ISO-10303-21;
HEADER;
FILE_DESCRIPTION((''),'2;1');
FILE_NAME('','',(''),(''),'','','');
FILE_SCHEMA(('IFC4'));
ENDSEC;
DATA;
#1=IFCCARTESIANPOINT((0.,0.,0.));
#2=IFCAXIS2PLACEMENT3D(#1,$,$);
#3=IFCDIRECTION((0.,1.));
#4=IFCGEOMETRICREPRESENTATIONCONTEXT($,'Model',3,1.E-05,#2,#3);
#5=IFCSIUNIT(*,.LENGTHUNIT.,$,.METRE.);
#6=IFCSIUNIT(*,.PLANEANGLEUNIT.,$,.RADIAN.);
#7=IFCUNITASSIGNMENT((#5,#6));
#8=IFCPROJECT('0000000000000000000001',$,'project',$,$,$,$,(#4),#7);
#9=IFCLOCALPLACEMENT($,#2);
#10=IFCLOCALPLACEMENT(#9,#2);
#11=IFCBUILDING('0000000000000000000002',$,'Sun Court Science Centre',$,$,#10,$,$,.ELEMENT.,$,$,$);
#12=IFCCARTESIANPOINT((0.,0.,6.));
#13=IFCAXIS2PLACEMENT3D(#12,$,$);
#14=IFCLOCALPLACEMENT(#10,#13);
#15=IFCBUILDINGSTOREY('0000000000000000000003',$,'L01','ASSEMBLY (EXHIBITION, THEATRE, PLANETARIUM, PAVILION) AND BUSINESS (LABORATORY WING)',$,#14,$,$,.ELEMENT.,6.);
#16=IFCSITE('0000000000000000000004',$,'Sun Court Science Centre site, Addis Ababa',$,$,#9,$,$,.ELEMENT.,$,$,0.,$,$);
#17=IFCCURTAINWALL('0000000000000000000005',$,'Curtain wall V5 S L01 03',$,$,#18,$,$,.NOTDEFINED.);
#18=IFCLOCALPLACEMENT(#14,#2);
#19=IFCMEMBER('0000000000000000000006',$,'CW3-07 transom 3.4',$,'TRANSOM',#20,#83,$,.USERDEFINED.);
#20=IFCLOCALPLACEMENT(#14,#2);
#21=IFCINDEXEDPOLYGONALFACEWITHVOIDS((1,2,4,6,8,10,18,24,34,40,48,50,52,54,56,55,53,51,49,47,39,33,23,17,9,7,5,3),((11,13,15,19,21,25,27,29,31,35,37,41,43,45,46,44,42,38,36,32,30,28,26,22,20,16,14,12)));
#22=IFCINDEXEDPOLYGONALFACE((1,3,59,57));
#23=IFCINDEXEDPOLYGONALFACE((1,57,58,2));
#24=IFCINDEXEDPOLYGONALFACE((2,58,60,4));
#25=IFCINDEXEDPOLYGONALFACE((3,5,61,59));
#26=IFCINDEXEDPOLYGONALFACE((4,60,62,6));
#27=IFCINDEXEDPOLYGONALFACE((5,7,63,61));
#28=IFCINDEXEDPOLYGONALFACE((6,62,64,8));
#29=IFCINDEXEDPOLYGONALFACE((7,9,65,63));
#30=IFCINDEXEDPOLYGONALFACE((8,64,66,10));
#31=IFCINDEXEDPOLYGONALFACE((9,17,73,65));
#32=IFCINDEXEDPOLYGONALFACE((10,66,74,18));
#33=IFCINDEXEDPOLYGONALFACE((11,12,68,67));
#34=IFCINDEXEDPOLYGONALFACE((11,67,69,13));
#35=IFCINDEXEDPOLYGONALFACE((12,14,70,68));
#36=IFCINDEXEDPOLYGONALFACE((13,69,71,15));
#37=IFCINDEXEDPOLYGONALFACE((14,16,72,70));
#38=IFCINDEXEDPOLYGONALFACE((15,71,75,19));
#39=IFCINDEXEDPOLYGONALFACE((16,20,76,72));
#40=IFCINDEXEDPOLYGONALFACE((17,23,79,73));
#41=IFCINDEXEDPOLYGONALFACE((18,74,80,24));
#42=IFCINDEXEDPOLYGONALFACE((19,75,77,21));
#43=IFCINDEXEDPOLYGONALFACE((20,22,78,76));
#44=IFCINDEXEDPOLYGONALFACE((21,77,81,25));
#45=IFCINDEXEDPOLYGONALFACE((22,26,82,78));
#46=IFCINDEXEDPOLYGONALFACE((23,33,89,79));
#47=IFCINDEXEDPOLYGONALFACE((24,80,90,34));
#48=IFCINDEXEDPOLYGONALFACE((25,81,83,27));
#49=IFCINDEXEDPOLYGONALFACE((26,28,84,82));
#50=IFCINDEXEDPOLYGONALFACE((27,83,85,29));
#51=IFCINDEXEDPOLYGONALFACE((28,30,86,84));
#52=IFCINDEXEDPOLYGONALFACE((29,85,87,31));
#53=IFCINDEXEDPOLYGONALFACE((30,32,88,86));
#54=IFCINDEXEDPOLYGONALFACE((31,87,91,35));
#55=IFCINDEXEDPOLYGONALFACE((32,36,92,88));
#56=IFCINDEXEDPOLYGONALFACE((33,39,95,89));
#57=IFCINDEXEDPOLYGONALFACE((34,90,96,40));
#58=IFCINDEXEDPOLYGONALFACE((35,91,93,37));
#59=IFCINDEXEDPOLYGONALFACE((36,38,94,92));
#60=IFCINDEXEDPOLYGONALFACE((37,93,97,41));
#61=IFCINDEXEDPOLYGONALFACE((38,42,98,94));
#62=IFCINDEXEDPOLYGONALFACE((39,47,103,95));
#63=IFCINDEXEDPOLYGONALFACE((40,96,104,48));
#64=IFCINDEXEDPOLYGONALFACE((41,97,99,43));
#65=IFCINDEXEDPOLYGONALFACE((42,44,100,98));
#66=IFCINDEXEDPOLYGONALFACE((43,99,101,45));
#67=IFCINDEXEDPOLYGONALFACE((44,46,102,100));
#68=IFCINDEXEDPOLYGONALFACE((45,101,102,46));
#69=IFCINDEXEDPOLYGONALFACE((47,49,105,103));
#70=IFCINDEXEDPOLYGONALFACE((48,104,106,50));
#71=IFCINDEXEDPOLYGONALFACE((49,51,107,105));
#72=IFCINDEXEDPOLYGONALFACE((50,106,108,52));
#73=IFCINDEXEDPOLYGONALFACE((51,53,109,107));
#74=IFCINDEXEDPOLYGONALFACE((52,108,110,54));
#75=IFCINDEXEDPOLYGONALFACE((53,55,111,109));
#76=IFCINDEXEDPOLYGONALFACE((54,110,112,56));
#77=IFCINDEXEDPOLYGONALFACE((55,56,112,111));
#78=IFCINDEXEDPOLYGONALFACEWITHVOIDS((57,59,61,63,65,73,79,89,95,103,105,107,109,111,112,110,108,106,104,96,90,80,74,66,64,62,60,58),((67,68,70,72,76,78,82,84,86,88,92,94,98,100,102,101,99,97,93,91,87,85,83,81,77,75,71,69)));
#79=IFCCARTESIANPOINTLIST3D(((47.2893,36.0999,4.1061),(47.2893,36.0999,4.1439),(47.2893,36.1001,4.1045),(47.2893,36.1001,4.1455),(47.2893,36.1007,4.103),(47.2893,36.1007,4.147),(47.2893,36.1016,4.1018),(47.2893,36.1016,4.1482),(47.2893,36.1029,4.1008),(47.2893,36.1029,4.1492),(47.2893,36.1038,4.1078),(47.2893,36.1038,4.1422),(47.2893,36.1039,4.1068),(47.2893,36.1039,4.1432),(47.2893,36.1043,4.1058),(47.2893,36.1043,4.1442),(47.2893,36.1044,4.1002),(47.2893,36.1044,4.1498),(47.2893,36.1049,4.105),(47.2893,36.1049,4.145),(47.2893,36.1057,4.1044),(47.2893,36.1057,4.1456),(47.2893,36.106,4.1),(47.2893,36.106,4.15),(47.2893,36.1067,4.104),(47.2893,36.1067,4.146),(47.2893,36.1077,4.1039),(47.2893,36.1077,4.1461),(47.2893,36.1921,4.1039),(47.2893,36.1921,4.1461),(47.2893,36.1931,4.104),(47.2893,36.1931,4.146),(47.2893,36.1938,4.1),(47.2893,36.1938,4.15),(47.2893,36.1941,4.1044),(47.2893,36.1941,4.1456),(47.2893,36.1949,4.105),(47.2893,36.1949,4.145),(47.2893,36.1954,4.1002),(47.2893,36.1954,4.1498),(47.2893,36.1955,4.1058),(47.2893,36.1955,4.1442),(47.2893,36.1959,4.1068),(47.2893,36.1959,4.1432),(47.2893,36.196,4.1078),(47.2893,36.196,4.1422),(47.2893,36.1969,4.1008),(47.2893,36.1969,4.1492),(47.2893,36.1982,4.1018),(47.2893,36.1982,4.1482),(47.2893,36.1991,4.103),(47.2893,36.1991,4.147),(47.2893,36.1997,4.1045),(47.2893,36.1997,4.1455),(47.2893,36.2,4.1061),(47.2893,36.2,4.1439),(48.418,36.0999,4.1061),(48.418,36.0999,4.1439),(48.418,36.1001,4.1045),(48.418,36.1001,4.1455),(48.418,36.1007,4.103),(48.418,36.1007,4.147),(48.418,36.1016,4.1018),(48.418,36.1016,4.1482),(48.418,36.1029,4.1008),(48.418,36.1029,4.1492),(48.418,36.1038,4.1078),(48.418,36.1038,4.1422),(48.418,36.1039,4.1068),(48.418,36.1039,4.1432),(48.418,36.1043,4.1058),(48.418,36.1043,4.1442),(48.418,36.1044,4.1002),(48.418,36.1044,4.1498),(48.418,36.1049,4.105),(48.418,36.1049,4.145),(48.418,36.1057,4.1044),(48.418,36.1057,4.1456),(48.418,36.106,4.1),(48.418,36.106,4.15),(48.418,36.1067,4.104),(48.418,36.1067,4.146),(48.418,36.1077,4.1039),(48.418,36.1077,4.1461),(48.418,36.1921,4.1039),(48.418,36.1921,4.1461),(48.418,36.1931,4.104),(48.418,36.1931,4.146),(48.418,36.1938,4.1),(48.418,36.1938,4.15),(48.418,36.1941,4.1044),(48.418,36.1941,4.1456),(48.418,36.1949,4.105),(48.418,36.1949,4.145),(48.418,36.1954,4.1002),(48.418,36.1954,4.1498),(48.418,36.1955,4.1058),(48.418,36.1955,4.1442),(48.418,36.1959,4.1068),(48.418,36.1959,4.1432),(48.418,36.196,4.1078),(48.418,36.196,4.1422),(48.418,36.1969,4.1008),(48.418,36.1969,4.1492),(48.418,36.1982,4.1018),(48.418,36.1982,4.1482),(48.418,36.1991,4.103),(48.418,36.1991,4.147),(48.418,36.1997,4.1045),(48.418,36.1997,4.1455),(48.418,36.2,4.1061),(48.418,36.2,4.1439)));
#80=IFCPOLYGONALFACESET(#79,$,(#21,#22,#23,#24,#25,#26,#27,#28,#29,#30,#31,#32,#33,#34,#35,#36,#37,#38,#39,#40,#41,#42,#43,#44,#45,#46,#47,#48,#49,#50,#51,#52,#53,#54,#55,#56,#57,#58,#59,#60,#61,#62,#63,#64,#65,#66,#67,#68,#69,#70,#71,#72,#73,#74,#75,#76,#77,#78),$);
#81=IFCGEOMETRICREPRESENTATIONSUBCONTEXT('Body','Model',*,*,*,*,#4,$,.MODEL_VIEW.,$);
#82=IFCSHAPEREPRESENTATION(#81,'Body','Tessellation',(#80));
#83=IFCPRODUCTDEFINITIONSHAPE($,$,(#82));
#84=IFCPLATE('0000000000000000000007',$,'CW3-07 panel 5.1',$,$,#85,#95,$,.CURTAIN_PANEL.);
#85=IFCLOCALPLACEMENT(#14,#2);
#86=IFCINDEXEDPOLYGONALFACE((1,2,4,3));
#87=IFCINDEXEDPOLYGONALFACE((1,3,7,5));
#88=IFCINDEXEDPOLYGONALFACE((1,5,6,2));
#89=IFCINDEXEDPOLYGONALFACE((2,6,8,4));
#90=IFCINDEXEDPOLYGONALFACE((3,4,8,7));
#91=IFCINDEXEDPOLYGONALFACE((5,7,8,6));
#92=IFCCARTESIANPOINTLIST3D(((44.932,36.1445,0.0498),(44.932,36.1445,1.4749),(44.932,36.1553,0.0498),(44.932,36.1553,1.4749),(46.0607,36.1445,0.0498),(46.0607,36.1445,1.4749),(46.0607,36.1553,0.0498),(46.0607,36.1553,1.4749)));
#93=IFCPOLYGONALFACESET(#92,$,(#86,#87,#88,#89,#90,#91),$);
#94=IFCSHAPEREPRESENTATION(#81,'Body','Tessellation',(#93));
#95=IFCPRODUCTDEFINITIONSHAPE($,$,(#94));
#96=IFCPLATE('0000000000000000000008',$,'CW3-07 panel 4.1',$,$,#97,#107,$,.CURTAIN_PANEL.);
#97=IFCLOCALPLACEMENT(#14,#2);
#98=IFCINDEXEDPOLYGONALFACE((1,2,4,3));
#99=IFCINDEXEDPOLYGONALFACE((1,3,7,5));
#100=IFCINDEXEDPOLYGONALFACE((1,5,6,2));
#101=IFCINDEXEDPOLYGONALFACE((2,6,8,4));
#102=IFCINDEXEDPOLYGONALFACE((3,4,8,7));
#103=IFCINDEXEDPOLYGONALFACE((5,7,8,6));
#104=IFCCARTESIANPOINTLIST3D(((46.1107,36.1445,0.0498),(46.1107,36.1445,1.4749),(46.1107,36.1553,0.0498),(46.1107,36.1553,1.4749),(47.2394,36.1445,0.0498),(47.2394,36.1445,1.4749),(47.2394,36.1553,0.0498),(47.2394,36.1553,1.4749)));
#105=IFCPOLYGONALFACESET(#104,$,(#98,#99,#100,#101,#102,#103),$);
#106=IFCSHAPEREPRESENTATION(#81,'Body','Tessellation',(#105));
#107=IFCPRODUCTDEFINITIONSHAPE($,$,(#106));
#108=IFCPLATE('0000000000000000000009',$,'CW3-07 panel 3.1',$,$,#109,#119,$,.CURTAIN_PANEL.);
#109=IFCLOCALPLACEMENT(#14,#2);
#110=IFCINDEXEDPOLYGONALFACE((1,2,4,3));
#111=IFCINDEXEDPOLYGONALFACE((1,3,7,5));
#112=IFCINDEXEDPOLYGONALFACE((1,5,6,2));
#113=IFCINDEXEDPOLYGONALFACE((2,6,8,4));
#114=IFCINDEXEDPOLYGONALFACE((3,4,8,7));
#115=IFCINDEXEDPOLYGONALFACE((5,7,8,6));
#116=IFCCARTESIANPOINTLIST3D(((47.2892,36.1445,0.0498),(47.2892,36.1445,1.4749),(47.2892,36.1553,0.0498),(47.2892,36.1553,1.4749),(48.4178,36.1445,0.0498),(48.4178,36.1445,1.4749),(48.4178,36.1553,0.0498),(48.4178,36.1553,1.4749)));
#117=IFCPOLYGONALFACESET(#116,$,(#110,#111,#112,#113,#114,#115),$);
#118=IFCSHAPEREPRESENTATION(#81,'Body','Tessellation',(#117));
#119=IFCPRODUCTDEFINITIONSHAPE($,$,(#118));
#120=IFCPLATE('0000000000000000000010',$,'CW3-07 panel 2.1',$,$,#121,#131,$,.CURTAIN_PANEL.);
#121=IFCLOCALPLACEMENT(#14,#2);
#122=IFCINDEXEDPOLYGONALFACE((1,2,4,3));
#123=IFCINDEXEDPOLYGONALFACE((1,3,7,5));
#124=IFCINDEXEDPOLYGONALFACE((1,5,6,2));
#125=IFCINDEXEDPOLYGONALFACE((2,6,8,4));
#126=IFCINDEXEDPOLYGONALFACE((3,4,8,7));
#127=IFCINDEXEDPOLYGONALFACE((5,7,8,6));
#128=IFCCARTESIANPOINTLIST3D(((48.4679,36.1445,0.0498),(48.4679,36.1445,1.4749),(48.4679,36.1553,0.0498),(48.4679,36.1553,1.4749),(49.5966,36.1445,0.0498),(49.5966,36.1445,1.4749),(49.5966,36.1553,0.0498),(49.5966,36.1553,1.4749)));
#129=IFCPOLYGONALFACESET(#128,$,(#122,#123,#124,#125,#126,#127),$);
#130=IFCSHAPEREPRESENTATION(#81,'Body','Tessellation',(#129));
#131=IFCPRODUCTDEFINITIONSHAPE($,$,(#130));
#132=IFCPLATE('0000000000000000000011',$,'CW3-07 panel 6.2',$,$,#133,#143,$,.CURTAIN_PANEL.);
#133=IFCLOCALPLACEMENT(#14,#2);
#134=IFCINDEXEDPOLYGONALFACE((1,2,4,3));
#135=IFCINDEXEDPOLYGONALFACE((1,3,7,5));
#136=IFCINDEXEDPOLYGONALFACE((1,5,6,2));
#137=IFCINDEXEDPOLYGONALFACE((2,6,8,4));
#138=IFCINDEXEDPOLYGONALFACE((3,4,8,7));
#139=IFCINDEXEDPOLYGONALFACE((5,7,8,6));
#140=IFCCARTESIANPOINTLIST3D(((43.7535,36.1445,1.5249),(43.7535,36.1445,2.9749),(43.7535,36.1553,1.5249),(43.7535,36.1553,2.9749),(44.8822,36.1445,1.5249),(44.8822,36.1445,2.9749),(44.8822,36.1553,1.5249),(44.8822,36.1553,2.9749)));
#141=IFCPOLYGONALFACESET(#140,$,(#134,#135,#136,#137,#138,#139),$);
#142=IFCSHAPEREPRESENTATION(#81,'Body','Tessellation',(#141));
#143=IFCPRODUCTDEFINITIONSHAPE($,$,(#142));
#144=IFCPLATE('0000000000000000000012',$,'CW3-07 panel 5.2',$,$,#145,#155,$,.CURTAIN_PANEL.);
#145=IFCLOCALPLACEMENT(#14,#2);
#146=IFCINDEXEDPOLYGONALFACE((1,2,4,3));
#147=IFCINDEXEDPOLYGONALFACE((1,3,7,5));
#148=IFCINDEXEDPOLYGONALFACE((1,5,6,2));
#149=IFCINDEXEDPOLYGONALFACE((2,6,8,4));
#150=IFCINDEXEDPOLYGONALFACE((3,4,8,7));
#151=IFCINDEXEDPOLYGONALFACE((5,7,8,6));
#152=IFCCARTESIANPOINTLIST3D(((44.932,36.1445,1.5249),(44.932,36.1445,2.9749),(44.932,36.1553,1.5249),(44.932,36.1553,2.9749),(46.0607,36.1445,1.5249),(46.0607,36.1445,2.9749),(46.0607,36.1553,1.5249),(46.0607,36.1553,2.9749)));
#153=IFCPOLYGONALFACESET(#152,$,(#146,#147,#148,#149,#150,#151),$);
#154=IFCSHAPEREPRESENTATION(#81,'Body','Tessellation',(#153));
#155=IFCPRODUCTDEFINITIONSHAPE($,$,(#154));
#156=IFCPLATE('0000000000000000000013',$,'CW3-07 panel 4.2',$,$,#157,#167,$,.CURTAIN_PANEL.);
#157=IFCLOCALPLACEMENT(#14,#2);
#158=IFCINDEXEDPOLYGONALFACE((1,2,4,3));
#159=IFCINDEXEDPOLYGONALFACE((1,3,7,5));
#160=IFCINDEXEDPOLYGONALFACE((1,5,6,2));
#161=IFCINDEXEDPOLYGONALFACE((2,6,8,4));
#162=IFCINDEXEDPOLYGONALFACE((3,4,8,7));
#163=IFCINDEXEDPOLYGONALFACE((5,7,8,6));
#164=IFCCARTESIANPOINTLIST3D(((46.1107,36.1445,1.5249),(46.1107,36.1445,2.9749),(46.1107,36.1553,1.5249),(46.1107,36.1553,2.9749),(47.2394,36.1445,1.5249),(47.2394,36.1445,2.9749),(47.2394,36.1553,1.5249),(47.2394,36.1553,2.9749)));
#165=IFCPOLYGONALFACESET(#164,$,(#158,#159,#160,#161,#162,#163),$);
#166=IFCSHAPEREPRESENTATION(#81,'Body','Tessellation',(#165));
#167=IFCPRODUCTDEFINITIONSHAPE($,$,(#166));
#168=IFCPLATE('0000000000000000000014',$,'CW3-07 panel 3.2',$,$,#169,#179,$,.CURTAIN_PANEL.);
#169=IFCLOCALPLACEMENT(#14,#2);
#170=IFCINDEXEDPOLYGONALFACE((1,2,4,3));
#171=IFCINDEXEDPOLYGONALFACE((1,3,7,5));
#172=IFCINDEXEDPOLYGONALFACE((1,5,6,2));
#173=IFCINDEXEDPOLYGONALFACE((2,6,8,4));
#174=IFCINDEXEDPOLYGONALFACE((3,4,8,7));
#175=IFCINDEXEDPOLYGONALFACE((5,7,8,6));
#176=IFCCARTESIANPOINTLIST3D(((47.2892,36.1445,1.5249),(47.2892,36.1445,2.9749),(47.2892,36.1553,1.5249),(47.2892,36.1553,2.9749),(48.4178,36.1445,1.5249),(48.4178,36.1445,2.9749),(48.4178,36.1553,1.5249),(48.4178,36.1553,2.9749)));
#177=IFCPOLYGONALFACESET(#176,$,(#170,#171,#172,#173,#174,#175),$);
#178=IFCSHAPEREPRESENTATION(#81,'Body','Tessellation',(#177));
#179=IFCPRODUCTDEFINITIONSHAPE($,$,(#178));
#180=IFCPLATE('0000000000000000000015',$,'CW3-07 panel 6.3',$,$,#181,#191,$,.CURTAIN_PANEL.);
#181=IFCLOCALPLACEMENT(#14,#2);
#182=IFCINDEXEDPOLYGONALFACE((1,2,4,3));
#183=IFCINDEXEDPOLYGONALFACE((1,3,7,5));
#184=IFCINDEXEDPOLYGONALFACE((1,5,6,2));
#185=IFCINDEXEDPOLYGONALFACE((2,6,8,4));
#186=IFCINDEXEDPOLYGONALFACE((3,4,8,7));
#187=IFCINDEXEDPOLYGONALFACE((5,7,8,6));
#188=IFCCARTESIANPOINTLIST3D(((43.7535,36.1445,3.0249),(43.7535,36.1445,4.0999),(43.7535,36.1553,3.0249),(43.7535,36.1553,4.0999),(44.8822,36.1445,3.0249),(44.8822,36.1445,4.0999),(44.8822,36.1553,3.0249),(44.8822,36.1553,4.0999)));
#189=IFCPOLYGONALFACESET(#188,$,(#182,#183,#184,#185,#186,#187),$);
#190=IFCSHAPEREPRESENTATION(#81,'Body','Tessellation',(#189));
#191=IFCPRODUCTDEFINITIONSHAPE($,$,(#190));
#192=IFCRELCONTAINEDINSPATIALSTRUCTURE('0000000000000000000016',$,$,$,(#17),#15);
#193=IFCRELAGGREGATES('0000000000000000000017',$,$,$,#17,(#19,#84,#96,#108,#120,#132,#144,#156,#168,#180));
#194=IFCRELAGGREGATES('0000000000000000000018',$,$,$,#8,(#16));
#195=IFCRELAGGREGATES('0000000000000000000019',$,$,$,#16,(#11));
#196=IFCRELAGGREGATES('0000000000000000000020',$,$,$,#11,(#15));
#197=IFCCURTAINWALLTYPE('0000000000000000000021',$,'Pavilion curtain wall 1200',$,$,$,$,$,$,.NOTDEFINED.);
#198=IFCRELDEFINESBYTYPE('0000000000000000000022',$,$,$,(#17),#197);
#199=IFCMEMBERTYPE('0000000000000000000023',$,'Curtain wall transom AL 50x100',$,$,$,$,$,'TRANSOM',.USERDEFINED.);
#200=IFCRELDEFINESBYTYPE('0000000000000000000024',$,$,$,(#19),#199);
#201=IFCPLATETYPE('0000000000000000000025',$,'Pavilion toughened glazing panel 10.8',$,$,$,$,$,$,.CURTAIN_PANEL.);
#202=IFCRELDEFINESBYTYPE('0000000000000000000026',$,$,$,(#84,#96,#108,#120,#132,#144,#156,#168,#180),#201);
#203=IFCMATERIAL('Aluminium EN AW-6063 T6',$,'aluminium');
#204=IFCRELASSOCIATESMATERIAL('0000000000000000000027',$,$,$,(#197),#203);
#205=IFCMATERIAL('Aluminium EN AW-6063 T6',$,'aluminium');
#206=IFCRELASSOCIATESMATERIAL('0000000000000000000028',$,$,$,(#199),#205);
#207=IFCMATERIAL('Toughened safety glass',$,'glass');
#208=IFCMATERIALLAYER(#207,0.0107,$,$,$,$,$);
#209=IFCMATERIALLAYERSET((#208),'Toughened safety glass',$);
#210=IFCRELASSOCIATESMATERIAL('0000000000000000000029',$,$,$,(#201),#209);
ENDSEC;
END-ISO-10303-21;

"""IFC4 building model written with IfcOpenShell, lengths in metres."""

from ifc_helpers import new_model, si_unit, direction, frame, origin, origin_2d, place, context, subcontext, project, spatial, rectangle, hollow_rectangle, extrude, material, layer, layer_set, material_profile, profile_set, type_object, element, aggregate, save


model = new_model("IFC4")

# Units and contexts
model_context = context("Model", 3, precision=1e-05, world=origin(), true_north=direction((0.0, 1.0)))
body_context = subcontext(model_context, "Body", "Model", "MODEL_VIEW")
ifc_project = project(units=[si_unit("LENGTHUNIT", "METRE"), si_unit("PLANEANGLEUNIT", "RADIAN")], contexts=[model_context])

# Site, building, storey
site_placement = place(None, origin())
site = spatial("IfcSite", under=ifc_project, at=site_placement, Name="Sun Court Science Centre site, Addis Ababa", CompositionType="ELEMENT", RefElevation=0.0)
building_placement = place(site_placement, origin())
building = spatial("IfcBuilding", under=site, at=building_placement, Name="Sun Court Science Centre", CompositionType="ELEMENT")
storey_placement = place(building_placement, frame((0.0, 0.0, 6.0)))
storey = spatial("IfcBuildingStorey", under=building, at=storey_placement, Name="L01", Description="ASSEMBLY (EXHIBITION, THEATRE, PLANETARIUM, PAVILION) AND BUSINESS (LABORATORY WING)", CompositionType="ELEMENT", Elevation=6.0)

# Curtain wall
ifc_material_1 = material(Name="Aluminium EN AW-6063 T6", Category="aluminium")
curtain_wall_type_1 = type_object("IfcCurtainWallType", Name="Pavilion curtain wall 1200", PredefinedType="NOTDEFINED", material=ifc_material_1)
curtain_wall_1_placement = place(storey_placement, origin())
curtain_wall_1 = element("IfcCurtainWall", 1, at=curtain_wall_1_placement, inside=storey, type_object=curtain_wall_type_1, Name="Curtain wall V5 S L01 03", PredefinedType="NOTDEFINED")

# Member
ifc_material_2 = material(Name="Aluminium EN AW-6063 T6", Category="aluminium")
ifc_material_profile_1 = material_profile(ifc_material_2, hollow_rectangle(XDim=0.05, YDim=0.1001, WallThickness=0.0039, InnerFilletRadius=0.0039, OuterFilletRadius=0.0061, at=origin_2d()), Name="AL 50x100x4")
ifc_profile_set_1 = profile_set([ifc_material_profile_1], Name="Aluminium EN AW-6063 T6")
member_type_1 = type_object("IfcMemberType", Name="Curtain wall transom AL 50x100", ElementType="TRANSOM", PredefinedType="USERDEFINED", material=ifc_profile_set_1)
member_1_placement = place(storey_placement, frame((48.418, 36.1499, 4.125), z_axis=(-1.0, 0.0, 0.0), x_axis=(0.0, 0.0, 1.0)))
member_1 = element("IfcMember", 2, at=member_1_placement, type_object=member_type_1, Name="CW3-07 transom 3.4", ObjectType="TRANSOM", PredefinedType="USERDEFINED", context=body_context, shape_type="SweptSolid", body=[
    extrude(hollow_rectangle(XDim=0.05, YDim=0.1001, WallThickness=0.0039, InnerFilletRadius=0.0039, OuterFilletRadius=0.0061, at=origin_2d()), origin(), (0.0, 0.0, 1.0), 1.1287),
])

# Plates
ifc_material_3 = material(Name="Toughened safety glass", Category="glass")
ifc_layer_1 = layer(ifc_material_3, 0.0107)
ifc_layer_set_1 = layer_set([ifc_layer_1], Name="Toughened safety glass")
plate_type = type_object("IfcPlateType", Name="Pavilion toughened glazing panel 10.8", PredefinedType="CURTAIN_PANEL", material=ifc_layer_set_1)
plate_1_placement = place(storey_placement, frame((45.4963, 36.1499, 0.0498), z_axis=(0.0, 0.0, 1.0), x_axis=(-1.0, 0.0, 0.0)))
plate_1 = element("IfcPlate", 3, at=plate_1_placement, type_object=plate_type, Name="CW3-07 panel 5.1", PredefinedType="CURTAIN_PANEL", context=body_context, shape_type="SweptSolid", body=[
    extrude(rectangle(XDim=1.1287, YDim=0.0107, at=origin_2d()), origin(), (0.0, 0.0, 1.0), 1.425),
])
plate_2_placement = place(storey_placement, frame((46.675, 36.1499, 0.0498), z_axis=(0.0, 0.0, 1.0), x_axis=(-1.0, 0.0, 0.0)))
plate_2 = element("IfcPlate", 4, at=plate_2_placement, type_object=plate_type, Name="CW3-07 panel 4.1", PredefinedType="CURTAIN_PANEL", context=body_context, shape_type="SweptSolid", body=[
    extrude(rectangle(XDim=1.1287, YDim=0.0107, at=origin_2d()), origin(), (0.0, 0.0, 1.0), 1.425),
])
plate_3_placement = place(storey_placement, frame((47.8535, 36.1499, 0.0498), z_axis=(0.0, 0.0, 1.0), x_axis=(-1.0, 0.0, 0.0)))
plate_3 = element("IfcPlate", 5, at=plate_3_placement, type_object=plate_type, Name="CW3-07 panel 3.1", PredefinedType="CURTAIN_PANEL", context=body_context, shape_type="SweptSolid", body=[
    extrude(rectangle(XDim=1.1287, YDim=0.0107, at=origin_2d()), origin(), (0.0, 0.0, 1.0), 1.425),
])
plate_4_placement = place(storey_placement, frame((49.0322, 36.1499, 0.0498), z_axis=(0.0, 0.0, 1.0), x_axis=(-1.0, 0.0, 0.0)))
plate_4 = element("IfcPlate", 6, at=plate_4_placement, type_object=plate_type, Name="CW3-07 panel 2.1", PredefinedType="CURTAIN_PANEL", context=body_context, shape_type="SweptSolid", body=[
    extrude(rectangle(XDim=1.1287, YDim=0.0107, at=origin_2d()), origin(), (0.0, 0.0, 1.0), 1.425),
])
plate_5_placement = place(storey_placement, frame((44.3179, 36.1499, 1.5249), z_axis=(0.0, 0.0, 1.0), x_axis=(-1.0, 0.0, 0.0)))
plate_5 = element("IfcPlate", 7, at=plate_5_placement, type_object=plate_type, Name="CW3-07 panel 6.2", PredefinedType="CURTAIN_PANEL", context=body_context, shape_type="SweptSolid", body=[
    extrude(rectangle(XDim=1.1287, YDim=0.0107, at=origin_2d()), origin(), (0.0, 0.0, 1.0), 1.45),
])
plate_6_placement = place(storey_placement, frame((45.4963, 36.1499, 1.5249), z_axis=(0.0, 0.0, 1.0), x_axis=(-1.0, 0.0, 0.0)))
plate_6 = element("IfcPlate", 8, at=plate_6_placement, type_object=plate_type, Name="CW3-07 panel 5.2", PredefinedType="CURTAIN_PANEL", context=body_context, shape_type="SweptSolid", body=[
    extrude(rectangle(XDim=1.1287, YDim=0.0107, at=origin_2d()), origin(), (0.0, 0.0, 1.0), 1.45),
])
plate_7_placement = place(storey_placement, frame((46.675, 36.1499, 1.5249), z_axis=(0.0, 0.0, 1.0), x_axis=(-1.0, 0.0, 0.0)))
plate_7 = element("IfcPlate", 9, at=plate_7_placement, type_object=plate_type, Name="CW3-07 panel 4.2", PredefinedType="CURTAIN_PANEL", context=body_context, shape_type="SweptSolid", body=[
    extrude(rectangle(XDim=1.1287, YDim=0.0107, at=origin_2d()), origin(), (0.0, 0.0, 1.0), 1.45),
])
plate_8_placement = place(storey_placement, frame((47.8535, 36.1499, 1.5249), z_axis=(0.0, 0.0, 1.0), x_axis=(-1.0, 0.0, 0.0)))
plate_8 = element("IfcPlate", 10, at=plate_8_placement, type_object=plate_type, Name="CW3-07 panel 3.2", PredefinedType="CURTAIN_PANEL", context=body_context, shape_type="SweptSolid", body=[
    extrude(rectangle(XDim=1.1287, YDim=0.0107, at=origin_2d()), origin(), (0.0, 0.0, 1.0), 1.45),
])
plate_9_placement = place(storey_placement, frame((44.3179, 36.1499, 3.0249), z_axis=(0.0, 0.0, 1.0), x_axis=(-1.0, 0.0, 0.0)))
plate_9 = element("IfcPlate", 11, at=plate_9_placement, type_object=plate_type, Name="CW3-07 panel 6.3", PredefinedType="CURTAIN_PANEL", context=body_context, shape_type="SweptSolid", body=[
    extrude(rectangle(XDim=1.1287, YDim=0.0107, at=origin_2d()), origin(), (0.0, 0.0, 1.0), 1.075),
])
aggregate(curtain_wall_1, [member_1, plate_1, plate_2, plate_3, plate_4, plate_5, plate_6, plate_7, plate_8, plate_9])

save(model, "model.ifc")
